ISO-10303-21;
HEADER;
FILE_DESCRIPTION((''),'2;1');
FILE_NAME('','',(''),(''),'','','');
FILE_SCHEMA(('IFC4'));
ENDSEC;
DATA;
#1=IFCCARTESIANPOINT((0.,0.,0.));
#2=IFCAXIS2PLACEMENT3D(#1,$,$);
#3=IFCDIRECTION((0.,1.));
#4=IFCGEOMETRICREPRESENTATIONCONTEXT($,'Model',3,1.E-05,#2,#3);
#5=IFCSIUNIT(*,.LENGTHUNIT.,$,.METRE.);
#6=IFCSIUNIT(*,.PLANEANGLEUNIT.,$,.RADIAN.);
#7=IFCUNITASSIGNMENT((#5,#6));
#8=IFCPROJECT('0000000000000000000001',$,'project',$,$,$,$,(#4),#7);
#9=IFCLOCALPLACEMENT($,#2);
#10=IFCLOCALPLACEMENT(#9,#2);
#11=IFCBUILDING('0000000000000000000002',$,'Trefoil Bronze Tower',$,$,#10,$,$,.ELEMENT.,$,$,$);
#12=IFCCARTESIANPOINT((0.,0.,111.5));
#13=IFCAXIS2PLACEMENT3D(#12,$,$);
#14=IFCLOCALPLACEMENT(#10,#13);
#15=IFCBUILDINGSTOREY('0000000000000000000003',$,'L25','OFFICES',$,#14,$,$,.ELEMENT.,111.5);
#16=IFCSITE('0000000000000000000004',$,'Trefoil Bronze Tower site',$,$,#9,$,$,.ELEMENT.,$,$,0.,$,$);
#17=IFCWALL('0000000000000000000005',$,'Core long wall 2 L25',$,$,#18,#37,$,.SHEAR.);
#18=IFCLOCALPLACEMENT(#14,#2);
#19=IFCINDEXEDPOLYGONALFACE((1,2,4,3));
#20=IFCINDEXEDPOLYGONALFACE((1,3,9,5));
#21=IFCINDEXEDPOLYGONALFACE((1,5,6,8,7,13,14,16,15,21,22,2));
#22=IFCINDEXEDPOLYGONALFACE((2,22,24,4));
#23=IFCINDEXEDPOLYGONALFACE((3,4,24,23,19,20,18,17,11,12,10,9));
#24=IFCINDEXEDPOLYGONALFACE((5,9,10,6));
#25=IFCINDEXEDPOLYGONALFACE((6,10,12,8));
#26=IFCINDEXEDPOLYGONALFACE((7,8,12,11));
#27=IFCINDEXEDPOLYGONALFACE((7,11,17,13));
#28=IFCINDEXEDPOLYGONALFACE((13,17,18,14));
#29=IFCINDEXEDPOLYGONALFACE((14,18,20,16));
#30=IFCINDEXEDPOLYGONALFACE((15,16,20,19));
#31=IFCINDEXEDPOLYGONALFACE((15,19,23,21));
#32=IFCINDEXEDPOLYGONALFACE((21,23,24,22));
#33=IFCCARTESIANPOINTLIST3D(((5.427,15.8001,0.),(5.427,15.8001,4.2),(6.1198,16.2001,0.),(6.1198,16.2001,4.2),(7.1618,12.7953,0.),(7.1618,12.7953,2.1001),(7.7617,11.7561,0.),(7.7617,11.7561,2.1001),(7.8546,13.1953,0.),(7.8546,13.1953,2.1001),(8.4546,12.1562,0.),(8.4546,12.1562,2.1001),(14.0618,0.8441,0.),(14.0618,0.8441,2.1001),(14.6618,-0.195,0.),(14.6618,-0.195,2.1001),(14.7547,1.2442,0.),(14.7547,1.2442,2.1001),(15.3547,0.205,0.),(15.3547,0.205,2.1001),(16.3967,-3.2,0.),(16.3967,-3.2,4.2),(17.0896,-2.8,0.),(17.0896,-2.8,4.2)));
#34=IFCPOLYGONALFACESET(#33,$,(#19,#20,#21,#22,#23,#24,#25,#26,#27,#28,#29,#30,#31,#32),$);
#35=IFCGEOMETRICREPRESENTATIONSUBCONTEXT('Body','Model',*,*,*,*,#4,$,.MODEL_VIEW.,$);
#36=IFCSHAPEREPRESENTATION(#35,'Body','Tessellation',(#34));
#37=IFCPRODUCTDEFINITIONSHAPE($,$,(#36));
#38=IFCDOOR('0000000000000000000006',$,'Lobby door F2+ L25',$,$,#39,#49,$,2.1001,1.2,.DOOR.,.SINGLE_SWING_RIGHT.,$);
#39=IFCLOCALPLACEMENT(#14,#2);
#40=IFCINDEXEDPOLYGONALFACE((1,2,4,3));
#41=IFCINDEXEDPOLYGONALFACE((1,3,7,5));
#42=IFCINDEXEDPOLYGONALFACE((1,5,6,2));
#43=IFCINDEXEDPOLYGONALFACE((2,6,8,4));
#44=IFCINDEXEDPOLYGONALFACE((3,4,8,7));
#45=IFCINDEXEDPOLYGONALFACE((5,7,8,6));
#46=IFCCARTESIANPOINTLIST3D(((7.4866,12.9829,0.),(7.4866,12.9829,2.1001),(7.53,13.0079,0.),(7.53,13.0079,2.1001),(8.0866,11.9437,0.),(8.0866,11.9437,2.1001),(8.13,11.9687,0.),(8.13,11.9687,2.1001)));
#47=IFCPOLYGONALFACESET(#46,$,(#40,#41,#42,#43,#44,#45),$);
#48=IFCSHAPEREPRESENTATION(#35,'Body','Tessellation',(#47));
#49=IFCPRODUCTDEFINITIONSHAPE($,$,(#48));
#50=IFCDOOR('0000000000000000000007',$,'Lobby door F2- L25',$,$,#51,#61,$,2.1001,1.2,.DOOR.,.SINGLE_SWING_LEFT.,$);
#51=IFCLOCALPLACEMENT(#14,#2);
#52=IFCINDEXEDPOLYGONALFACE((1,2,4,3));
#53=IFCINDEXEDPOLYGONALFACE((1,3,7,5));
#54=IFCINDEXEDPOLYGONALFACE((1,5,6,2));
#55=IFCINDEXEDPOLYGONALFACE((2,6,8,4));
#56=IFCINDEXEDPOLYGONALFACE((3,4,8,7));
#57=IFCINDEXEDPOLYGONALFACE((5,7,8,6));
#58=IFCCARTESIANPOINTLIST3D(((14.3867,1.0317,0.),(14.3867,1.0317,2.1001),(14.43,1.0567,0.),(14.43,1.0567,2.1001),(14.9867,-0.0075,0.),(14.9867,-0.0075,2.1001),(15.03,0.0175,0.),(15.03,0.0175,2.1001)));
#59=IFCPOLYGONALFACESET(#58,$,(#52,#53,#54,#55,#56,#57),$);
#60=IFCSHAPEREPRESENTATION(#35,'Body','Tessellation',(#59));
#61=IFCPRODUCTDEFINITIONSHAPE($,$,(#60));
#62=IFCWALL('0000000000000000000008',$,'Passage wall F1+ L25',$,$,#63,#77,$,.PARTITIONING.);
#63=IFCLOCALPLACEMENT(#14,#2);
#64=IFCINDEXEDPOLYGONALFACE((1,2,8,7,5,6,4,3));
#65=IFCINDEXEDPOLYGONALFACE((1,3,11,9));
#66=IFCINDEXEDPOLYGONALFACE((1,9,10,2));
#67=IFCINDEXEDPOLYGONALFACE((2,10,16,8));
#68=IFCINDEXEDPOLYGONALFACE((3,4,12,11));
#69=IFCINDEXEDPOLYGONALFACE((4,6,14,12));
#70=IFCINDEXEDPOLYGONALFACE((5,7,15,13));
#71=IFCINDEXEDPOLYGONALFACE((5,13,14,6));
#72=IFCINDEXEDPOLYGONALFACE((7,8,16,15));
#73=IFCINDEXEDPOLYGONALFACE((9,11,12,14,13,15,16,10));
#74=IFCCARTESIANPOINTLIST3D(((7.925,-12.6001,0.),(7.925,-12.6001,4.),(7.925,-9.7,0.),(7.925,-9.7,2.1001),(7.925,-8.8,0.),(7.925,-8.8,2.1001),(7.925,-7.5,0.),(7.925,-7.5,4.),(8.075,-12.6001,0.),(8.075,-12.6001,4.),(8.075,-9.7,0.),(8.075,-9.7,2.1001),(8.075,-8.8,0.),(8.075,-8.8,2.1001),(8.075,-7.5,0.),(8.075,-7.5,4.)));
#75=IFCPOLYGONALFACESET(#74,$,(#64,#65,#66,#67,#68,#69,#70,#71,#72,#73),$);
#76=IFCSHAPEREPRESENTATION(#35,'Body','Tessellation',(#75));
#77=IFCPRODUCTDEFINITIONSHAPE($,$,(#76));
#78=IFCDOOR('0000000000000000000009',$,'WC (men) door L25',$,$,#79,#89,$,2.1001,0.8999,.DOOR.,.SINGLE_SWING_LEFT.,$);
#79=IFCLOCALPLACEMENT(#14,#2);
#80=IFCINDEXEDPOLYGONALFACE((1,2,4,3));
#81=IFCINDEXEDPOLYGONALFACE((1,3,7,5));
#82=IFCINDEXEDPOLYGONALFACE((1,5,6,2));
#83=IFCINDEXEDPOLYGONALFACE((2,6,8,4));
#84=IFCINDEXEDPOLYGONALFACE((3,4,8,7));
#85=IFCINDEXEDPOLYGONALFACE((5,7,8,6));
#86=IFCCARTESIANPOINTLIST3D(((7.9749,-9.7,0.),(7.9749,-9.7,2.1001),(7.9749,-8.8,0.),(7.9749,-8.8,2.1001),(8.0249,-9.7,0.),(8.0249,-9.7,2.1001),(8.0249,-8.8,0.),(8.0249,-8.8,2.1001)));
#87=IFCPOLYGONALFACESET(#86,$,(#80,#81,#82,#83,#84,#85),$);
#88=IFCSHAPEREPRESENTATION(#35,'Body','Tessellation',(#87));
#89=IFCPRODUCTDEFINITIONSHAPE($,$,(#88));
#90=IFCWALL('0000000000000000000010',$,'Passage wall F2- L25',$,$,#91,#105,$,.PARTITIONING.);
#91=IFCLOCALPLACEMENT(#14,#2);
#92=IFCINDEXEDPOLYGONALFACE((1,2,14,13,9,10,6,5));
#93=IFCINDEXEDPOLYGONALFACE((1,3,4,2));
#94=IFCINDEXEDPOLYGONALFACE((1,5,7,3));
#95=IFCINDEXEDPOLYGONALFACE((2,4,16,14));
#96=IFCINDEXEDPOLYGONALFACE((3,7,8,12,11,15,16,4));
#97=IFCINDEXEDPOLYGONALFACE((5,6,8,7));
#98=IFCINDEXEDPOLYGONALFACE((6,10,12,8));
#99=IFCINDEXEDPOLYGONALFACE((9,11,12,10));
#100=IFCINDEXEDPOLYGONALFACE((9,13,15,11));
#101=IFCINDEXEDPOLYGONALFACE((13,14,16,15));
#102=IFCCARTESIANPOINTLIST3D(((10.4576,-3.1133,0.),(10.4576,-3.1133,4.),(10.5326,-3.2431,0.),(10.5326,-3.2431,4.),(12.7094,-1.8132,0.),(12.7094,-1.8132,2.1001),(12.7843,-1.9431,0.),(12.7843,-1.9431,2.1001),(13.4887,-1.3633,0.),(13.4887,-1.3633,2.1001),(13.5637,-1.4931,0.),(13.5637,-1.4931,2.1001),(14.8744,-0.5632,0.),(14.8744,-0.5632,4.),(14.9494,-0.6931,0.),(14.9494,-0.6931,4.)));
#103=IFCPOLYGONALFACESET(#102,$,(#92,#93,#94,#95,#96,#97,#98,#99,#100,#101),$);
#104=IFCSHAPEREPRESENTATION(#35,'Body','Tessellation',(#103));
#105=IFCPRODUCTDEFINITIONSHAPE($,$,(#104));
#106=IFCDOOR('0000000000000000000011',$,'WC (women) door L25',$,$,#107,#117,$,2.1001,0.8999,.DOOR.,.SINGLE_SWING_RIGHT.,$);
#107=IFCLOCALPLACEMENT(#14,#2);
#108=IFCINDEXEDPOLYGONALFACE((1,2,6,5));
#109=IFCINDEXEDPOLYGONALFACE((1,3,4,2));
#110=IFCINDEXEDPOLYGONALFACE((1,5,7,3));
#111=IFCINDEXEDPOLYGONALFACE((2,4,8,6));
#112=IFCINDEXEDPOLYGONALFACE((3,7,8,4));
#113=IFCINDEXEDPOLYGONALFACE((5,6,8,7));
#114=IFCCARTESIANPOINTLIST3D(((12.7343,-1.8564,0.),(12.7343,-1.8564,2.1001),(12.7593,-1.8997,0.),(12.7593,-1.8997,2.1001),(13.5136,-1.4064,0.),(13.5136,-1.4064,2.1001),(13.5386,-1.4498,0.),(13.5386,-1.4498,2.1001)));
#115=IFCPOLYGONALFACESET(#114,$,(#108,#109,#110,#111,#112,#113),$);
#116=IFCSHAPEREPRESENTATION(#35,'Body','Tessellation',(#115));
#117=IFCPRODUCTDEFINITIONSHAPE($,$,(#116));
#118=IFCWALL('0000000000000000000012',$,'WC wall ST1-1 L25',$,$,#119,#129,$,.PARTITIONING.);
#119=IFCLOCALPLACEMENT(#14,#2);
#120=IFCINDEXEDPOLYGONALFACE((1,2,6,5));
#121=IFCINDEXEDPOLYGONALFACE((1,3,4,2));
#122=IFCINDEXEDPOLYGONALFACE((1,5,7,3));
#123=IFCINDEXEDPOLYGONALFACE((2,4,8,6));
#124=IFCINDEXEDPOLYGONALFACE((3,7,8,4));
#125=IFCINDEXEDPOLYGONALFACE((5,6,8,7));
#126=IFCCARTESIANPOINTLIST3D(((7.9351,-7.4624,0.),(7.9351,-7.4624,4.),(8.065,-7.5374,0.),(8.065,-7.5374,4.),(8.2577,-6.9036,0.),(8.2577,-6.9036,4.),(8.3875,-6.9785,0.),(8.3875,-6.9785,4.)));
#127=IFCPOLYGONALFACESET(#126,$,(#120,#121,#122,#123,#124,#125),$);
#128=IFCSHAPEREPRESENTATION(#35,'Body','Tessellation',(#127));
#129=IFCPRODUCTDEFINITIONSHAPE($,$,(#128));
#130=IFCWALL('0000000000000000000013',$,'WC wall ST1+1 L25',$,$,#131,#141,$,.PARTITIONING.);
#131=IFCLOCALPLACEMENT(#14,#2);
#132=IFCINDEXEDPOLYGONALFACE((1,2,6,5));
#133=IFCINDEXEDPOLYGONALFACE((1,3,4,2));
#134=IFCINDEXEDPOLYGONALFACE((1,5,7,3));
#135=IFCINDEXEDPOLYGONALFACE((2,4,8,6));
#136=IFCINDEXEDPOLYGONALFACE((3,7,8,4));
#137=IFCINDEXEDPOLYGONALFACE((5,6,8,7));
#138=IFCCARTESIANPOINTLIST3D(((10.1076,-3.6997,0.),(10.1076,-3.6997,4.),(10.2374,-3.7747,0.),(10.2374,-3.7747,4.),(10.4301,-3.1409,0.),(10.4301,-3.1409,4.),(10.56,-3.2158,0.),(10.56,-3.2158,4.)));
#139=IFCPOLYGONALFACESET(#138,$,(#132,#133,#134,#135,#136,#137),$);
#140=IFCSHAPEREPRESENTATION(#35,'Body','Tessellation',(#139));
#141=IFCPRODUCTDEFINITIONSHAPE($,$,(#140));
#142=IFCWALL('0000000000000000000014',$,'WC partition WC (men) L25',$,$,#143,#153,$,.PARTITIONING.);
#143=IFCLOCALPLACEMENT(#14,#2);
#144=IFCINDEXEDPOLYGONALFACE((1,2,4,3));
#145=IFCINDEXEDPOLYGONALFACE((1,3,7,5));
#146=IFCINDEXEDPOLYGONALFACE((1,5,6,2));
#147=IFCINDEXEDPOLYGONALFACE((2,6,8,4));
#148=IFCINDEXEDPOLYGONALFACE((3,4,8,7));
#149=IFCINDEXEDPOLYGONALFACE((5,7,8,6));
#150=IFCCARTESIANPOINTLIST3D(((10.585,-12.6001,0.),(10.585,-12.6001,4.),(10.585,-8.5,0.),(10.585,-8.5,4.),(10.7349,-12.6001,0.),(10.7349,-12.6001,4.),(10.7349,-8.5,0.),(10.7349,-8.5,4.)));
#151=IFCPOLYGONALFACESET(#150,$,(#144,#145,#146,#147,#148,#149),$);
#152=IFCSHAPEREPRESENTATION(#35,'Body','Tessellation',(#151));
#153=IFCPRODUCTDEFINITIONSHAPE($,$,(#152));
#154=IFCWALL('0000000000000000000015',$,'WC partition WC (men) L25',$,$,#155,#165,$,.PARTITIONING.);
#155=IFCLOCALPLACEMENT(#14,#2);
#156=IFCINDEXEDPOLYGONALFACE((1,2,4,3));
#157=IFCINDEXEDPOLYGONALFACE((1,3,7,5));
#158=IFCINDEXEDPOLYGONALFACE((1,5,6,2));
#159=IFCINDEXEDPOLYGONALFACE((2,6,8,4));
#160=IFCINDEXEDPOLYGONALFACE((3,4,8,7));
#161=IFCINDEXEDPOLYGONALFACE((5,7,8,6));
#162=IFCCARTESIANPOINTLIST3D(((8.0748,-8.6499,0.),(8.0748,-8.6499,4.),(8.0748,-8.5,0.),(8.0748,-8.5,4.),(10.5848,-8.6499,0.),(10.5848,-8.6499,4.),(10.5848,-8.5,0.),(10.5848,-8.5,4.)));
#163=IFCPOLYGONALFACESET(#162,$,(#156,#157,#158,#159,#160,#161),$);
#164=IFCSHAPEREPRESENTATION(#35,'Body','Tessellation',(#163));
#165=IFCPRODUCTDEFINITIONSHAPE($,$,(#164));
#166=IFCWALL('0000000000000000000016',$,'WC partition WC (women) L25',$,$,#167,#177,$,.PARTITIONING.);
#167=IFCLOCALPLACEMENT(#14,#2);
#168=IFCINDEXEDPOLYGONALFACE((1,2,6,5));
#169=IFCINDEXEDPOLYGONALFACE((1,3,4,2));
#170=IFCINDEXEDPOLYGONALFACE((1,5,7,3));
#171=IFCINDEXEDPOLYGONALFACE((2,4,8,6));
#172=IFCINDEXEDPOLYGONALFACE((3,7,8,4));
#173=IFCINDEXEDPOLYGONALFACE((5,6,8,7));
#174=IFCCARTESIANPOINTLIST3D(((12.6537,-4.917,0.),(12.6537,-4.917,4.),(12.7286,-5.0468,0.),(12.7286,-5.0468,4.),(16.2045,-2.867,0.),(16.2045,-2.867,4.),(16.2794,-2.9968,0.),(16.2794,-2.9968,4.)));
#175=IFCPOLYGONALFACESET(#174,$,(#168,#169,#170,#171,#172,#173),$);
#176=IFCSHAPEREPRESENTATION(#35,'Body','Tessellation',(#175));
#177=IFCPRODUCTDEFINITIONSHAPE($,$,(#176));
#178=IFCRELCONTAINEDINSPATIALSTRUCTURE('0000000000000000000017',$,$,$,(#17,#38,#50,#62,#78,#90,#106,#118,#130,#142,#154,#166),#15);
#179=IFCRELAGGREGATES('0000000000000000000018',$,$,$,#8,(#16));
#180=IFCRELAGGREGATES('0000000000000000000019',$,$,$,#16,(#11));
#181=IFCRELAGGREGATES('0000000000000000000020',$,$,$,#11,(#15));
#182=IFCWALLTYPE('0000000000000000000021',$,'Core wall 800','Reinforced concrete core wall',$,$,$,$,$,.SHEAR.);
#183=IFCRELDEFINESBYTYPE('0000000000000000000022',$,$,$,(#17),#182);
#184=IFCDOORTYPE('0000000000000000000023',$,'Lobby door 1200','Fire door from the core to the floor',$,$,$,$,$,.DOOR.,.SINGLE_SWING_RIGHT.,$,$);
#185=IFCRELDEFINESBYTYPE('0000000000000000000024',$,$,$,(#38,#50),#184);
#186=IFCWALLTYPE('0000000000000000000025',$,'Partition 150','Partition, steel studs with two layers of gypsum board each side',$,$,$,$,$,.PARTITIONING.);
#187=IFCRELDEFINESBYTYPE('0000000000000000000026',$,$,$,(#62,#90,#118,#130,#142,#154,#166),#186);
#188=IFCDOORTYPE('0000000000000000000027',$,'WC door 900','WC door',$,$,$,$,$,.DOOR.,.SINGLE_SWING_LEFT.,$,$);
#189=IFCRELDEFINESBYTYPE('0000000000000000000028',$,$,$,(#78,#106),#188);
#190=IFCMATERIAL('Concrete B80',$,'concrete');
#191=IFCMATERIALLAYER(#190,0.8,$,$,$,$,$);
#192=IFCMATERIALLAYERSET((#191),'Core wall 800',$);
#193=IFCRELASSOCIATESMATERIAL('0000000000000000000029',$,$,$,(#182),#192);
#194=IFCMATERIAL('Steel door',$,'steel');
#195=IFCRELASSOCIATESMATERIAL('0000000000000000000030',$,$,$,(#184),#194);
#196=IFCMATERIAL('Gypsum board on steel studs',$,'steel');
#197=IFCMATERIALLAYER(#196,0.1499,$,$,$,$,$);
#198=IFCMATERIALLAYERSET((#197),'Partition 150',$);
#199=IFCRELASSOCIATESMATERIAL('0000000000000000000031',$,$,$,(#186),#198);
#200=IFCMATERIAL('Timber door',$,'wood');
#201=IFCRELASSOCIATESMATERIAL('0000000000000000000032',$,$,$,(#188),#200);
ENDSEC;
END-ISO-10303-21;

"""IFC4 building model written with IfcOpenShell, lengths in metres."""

from ifc_helpers import new_model, si_unit, direction, frame, frame_2d, origin, place, context, subcontext, project, spatial, rectangle, extrude, material, layer, layer_set, type_object, element, fill, save


model = new_model("IFC4")

# Units and contexts
model_context = context("Model", 3, precision=1e-05, world=origin(), true_north=direction((0.0, 1.0)))
body_context = subcontext(model_context, "Body", "Model", "MODEL_VIEW")
ifc_project = project(units=[si_unit("LENGTHUNIT", "METRE"), si_unit("PLANEANGLEUNIT", "RADIAN")], contexts=[model_context])

# Site, building, storey
site_placement = place(None, origin())
site = spatial("IfcSite", under=ifc_project, at=site_placement, Name="Trefoil Bronze Tower site", CompositionType="ELEMENT", RefElevation=0.0)
building_placement = place(site_placement, origin())
building = spatial("IfcBuilding", under=site, at=building_placement, Name="Trefoil Bronze Tower", CompositionType="ELEMENT")
storey_placement = place(building_placement, frame((0.0, 0.0, 111.5)))
storey = spatial("IfcBuildingStorey", under=building, at=storey_placement, Name="L25", Description="OFFICES", CompositionType="ELEMENT", Elevation=111.5)

# Shared definitions
ifc_material_1 = material(Name="Concrete B80", Category="concrete")
ifc_layer_1 = layer(ifc_material_1, 0.8)
ifc_layer_set_1 = layer_set([ifc_layer_1], Name="Core wall 800")
wall_type_1 = type_object("IfcWallType", Name="Core wall 800", Description="Reinforced concrete core wall", PredefinedType="SHEAR", material=ifc_layer_set_1)

# Wall, openings, doors
wall_1_placement = place(storey_placement, frame((16.7432, -3.0, 0.0), z_axis=(0.0, 0.0, 1.0), x_axis=(-0.500002, 0.866024, 0.0)))
wall_1 = element("IfcWall", 1, at=wall_1_placement, inside=storey, type_object=wall_type_1, Name="Core long wall 2 L25", PredefinedType="SHEAR", context=body_context, shape_type="SweptSolid", body=[
    extrude(rectangle(XDim=21.9395, YDim=0.8, at=frame_2d((10.9697, 0.0))), origin(), (0.0, 0.0, 1.0), 4.2),
])
opening_1_placement = place(wall_1_placement, frame((17.2698, 0.0, 0.0)))
opening_1 = element("IfcOpeningElement", 2, at=opening_1_placement, cuts=wall_1, PredefinedType="OPENING", context=body_context, shape_type="SweptSolid", body=[
    extrude(rectangle(XDim=1.2, YDim=2.1001, at=frame_2d((0.6001, 1.05))), frame((0.0, 0.4099, 0.0), z_axis=(0.0, -1.0, 0.0), x_axis=(1.0, 0.0, 0.0)), (0.0, 0.0, 1.0), 0.8201),
])
opening_2_placement = place(wall_1_placement, frame((3.4697, 0.0, 0.0)))
opening_2 = element("IfcOpeningElement", 3, at=opening_2_placement, cuts=wall_1, PredefinedType="OPENING", context=body_context, shape_type="SweptSolid", body=[
    extrude(rectangle(XDim=1.2, YDim=2.1001, at=frame_2d((0.6001, 1.05))), frame((0.0, 0.4099, 0.0), z_axis=(0.0, -1.0, 0.0), x_axis=(1.0, 0.0, 0.0)), (0.0, 0.0, 1.0), 0.8201),
])
ifc_material_2 = material(Name="Steel door", Category="steel")
door_type_1 = type_object("IfcDoorType", Name="Lobby door 1200", Description="Fire door from the core to the floor", OperationType="SINGLE_SWING_RIGHT", PredefinedType="DOOR", material=ifc_material_2)
door_1_placement = place(opening_1_placement, origin())
door_1 = element("IfcDoor", 4, at=door_1_placement, inside=storey, type_object=door_type_1, Name="Lobby door F2+ L25", OperationType="SINGLE_SWING_RIGHT", OverallHeight=2.1001, OverallWidth=1.2, PredefinedType="DOOR", context=body_context, shape_type="SweptSolid", body=[
    extrude(rectangle(XDim=1.2, YDim=2.1001, at=frame_2d((0.6001, 1.05))), frame((0.0, 0.0249, 0.0), z_axis=(0.0, -1.0, 0.0), x_axis=(1.0, 0.0, 0.0)), (0.0, 0.0, 1.0), 0.05),
])
fill(opening_1, door_1)
door_2_placement = place(opening_2_placement, origin())
door_2 = element("IfcDoor", 5, at=door_2_placement, inside=storey, type_object=door_type_1, Name="Lobby door F2- L25", OperationType="SINGLE_SWING_LEFT", OverallHeight=2.1001, OverallWidth=1.2, PredefinedType="DOOR", context=body_context, shape_type="SweptSolid", body=[
    extrude(rectangle(XDim=1.2, YDim=2.1001, at=frame_2d((0.6001, 1.05))), frame((0.0, 0.0249, 0.0), z_axis=(0.0, -1.0, 0.0), x_axis=(1.0, 0.0, 0.0)), (0.0, 0.0, 1.0), 0.05),
])
fill(opening_2, door_2)

# Walls, openings, doors
ifc_material_3 = material(Name="Gypsum board on steel studs", Category="steel")
ifc_layer_2 = layer(ifc_material_3, 0.1499)
ifc_layer_set_2 = layer_set([ifc_layer_2], Name="Partition 150")
wall_type_2 = type_object("IfcWallType", Name="Partition 150", Description="Partition, steel studs with two layers of gypsum board each side", PredefinedType="PARTITIONING", material=ifc_layer_set_2)
wall_2_placement = place(storey_placement, frame((8.0, -7.5, 0.0), z_axis=(0.0, 0.0, 1.0), x_axis=(0.0, -1.0, 0.0)))
wall_2 = element("IfcWall", 6, at=wall_2_placement, inside=storey, type_object=wall_type_2, Name="Passage wall F1+ L25", PredefinedType="PARTITIONING", context=body_context, shape_type="SweptSolid", body=[
    extrude(rectangle(XDim=5.1001, YDim=0.1499, at=frame_2d((2.55, 0.0))), origin(), (0.0, 0.0, 1.0), 4.0),
])
opening_3_placement = place(wall_2_placement, frame((1.3, 0.0, 0.0)))
opening_3 = element("IfcOpeningElement", 7, at=opening_3_placement, cuts=wall_2, PredefinedType="OPENING", context=body_context, shape_type="SweptSolid", body=[
    extrude(rectangle(XDim=0.8999, YDim=2.1001, at=frame_2d((0.45, 1.05))), frame((0.0, 0.085, 0.0), z_axis=(0.0, -1.0, 0.0), x_axis=(1.0, 0.0, 0.0)), (0.0, 0.0, 1.0), 0.1699),
])
ifc_material_4 = material(Name="Timber door", Category="wood")
door_type_2 = type_object("IfcDoorType", Name="WC door 900", Description="WC door", OperationType="SINGLE_SWING_LEFT", PredefinedType="DOOR", material=ifc_material_4)
door_3_placement = place(opening_3_placement, origin())
door_3 = element("IfcDoor", 8, at=door_3_placement, inside=storey, type_object=door_type_2, Name="WC (men) door L25", OperationType="SINGLE_SWING_LEFT", OverallHeight=2.1001, OverallWidth=0.8999, PredefinedType="DOOR", context=body_context, shape_type="SweptSolid", body=[
    extrude(rectangle(XDim=0.8999, YDim=2.1001, at=frame_2d((0.45, 1.05))), frame((0.0, 0.0249, 0.0), z_axis=(0.0, -1.0, 0.0), x_axis=(1.0, 0.0, 0.0)), (0.0, 0.0, 1.0), 0.05),
])
fill(opening_3, door_3)
wall_3_placement = place(storey_placement, frame((10.4951, -3.1782, 0.0), z_axis=(0.0, 0.0, 1.0), x_axis=(0.866022, 0.500006, 0.0)))
wall_3 = element("IfcWall", 9, at=wall_3_placement, inside=storey, type_object=wall_type_2, Name="Passage wall F2- L25", PredefinedType="PARTITIONING", context=body_context, shape_type="SweptSolid", body=[
    extrude(rectangle(XDim=5.1001, YDim=0.1499, at=frame_2d((2.55, 0.0))), origin(), (0.0, 0.0, 1.0), 4.0),
])
opening_4_placement = place(wall_3_placement, frame((2.6001, 0.0, 0.0)))
opening_4 = element("IfcOpeningElement", 10, at=opening_4_placement, cuts=wall_3, PredefinedType="OPENING", context=body_context, shape_type="SweptSolid", body=[
    extrude(rectangle(XDim=0.8999, YDim=2.1001, at=frame_2d((0.45, 1.05))), frame((0.0, 0.085, 0.0), z_axis=(0.0, -1.0, 0.0), x_axis=(1.0, 0.0, 0.0)), (0.0, 0.0, 1.0), 0.1699),
])
door_4_placement = place(opening_4_placement, frame((0.8999, 0.0, 0.0), z_axis=(0.0, 0.0, 1.0), x_axis=(-1.0, 0.0, 0.0)))
door_4 = element("IfcDoor", 11, at=door_4_placement, inside=storey, type_object=door_type_2, Name="WC (women) door L25", OperationType="SINGLE_SWING_RIGHT", OverallHeight=2.1001, OverallWidth=0.8999, PredefinedType="DOOR", context=body_context, shape_type="SweptSolid", body=[
    extrude(rectangle(XDim=0.8999, YDim=2.1001, at=frame_2d((0.45, 1.05))), frame((0.0, 0.0249, 0.0), z_axis=(0.0, -1.0, 0.0), x_axis=(1.0, 0.0, 0.0)), (0.0, 0.0, 1.0), 0.05),
])
fill(opening_4, door_4)

# Walls
for number, where, z_axis, x_axis, name in (
    (12, (8.0, -7.5, 0.0), (0.0, 0.0, 1.0), (0.499843, 0.866116, 0.0), "WC wall ST1-1 L25"),
    (13, (10.4951, -3.1782, 0.0), (0.0, 0.0, 1.0), (-0.499843, -0.866116, 0.0), "WC wall ST1+1 L25"),
):
    element("IfcWall", number, at=place(storey_placement, frame(where, z_axis=z_axis, x_axis=x_axis)), inside=storey, type_object=wall_type_2, Name=name, PredefinedType="PARTITIONING", context=body_context, shape_type="SweptSolid", body=[
        extrude(rectangle(XDim=0.6453, YDim=0.1499, at=frame_2d((0.3228, 0.0))), origin(), (0.0, 0.0, 1.0), 4.0),
    ])
wall_4_placement = place(storey_placement, frame((10.6599, -8.5, 0.0), z_axis=(0.0, 0.0, 1.0), x_axis=(0.0, -1.0, 0.0)))
element("IfcWall", 14, at=wall_4_placement, inside=storey, type_object=wall_type_2, Name="WC partition WC (men) L25", PredefinedType="PARTITIONING", context=body_context, shape_type="SweptSolid", body=[
    extrude(rectangle(XDim=4.1001, YDim=0.1499, at=frame_2d((2.05, 0.0))), origin(), (0.0, 0.0, 1.0), 4.0),
])
wall_5_placement = place(storey_placement, frame((8.075, -8.575, 0.0), z_axis=(0.0, 0.0, 1.0), x_axis=(1.0, 0.0, 0.0)))
element("IfcWall", 15, at=wall_5_placement, inside=storey, type_object=wall_type_2, Name="WC partition WC (men) L25", PredefinedType="PARTITIONING", context=body_context, shape_type="SweptSolid", body=[
    extrude(rectangle(XDim=2.51, YDim=0.1499, at=frame_2d((1.2549, 0.0))), origin(), (0.0, 0.0, 1.0), 4.0),
])
wall_6_placement = place(storey_placement, frame((12.6912, -4.9819, 0.0), z_axis=(0.0, 0.0, 1.0), x_axis=(0.866025, 0.500001, 0.0)))
element("IfcWall", 16, at=wall_6_placement, inside=storey, type_object=wall_type_2, Name="WC partition WC (women) L25", PredefinedType="PARTITIONING", context=body_context, shape_type="SweptSolid", body=[
    extrude(rectangle(XDim=4.1001, YDim=0.1499, at=frame_2d((2.05, 0.0))), origin(), (0.0, 0.0, 1.0), 4.0),
])

save(model, "model.ifc")
